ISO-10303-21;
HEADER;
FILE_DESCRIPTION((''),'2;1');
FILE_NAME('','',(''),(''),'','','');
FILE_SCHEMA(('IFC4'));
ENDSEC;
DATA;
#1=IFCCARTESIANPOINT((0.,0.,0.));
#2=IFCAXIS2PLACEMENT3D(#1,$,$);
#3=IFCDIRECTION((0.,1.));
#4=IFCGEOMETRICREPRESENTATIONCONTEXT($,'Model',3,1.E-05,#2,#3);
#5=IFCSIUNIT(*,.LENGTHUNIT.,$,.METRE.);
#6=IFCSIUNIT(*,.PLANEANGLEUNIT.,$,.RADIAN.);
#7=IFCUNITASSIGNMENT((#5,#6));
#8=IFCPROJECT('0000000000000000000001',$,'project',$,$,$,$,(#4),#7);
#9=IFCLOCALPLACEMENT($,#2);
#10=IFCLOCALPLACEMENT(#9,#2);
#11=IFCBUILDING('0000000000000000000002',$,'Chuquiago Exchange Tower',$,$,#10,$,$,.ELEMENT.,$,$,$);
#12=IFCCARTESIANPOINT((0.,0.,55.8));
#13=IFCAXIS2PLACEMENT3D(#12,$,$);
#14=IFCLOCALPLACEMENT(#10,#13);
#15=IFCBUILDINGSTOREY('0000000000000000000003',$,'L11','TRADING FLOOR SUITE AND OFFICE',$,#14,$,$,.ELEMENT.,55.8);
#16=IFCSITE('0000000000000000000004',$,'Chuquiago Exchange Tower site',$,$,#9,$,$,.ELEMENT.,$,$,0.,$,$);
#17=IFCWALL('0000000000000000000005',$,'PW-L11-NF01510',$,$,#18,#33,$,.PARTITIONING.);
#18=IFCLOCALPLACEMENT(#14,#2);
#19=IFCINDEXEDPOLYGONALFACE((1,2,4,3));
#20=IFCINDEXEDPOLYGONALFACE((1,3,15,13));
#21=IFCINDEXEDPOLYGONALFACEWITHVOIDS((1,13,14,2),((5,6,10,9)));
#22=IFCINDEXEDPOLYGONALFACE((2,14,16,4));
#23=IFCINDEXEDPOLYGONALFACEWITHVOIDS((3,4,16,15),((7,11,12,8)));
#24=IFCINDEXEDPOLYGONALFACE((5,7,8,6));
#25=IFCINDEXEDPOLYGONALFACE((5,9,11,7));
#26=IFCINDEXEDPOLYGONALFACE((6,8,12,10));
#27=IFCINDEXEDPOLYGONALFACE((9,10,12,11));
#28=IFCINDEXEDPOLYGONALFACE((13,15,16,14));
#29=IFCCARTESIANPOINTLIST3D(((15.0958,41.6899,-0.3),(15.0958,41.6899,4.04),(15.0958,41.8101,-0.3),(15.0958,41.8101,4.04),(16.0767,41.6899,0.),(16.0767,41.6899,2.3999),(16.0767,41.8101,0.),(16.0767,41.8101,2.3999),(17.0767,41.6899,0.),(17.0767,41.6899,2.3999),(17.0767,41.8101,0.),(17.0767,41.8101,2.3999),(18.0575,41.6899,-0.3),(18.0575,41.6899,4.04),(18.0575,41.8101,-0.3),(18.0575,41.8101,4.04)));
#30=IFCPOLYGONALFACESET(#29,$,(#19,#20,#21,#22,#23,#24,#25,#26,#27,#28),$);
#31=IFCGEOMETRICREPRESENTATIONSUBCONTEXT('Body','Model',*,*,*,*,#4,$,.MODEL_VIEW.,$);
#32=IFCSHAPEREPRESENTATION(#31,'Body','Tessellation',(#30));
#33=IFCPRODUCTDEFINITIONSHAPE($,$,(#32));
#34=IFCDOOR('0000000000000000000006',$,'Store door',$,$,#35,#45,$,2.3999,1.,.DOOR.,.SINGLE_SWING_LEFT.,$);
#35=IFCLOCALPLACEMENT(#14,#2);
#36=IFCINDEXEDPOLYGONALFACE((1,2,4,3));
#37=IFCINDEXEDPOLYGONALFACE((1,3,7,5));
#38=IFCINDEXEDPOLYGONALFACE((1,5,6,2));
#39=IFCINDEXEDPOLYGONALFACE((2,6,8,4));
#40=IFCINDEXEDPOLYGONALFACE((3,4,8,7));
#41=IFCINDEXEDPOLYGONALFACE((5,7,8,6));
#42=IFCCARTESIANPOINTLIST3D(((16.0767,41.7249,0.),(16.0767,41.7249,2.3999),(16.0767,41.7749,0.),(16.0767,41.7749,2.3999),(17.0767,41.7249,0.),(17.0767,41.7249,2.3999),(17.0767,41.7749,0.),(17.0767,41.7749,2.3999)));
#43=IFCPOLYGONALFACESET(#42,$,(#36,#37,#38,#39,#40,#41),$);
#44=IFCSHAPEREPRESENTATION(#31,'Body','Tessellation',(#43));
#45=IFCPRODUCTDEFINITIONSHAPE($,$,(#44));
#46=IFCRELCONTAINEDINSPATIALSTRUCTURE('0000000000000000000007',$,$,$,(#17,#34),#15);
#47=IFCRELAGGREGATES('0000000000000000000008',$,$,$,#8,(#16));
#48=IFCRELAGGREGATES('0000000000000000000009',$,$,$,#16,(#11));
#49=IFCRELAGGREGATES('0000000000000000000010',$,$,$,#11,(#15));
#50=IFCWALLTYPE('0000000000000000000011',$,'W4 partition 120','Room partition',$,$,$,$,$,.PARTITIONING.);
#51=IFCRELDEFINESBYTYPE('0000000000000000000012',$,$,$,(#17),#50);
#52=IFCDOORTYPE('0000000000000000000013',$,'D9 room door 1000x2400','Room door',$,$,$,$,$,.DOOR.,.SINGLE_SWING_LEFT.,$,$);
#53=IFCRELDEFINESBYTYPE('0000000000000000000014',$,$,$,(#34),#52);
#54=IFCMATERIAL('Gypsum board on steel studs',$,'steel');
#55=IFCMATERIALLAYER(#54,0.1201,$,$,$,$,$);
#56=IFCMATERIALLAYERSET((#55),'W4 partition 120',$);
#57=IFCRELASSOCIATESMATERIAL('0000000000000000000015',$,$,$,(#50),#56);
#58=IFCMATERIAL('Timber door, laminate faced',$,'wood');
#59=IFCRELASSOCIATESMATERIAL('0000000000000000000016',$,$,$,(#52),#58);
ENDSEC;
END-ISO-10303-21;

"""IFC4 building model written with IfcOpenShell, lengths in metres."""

from ifc_helpers import new_model, si_unit, direction, frame, frame_2d, origin, place, context, subcontext, project, spatial, rectangle, extrude, material, layer, layer_set, type_object, element, fill, save


model = new_model("IFC4")

# Units and contexts
model_context = context("Model", 3, precision=1e-05, world=origin(), true_north=direction((0.0, 1.0)))
body_context = subcontext(model_context, "Body", "Model", "MODEL_VIEW")
ifc_project = project(units=[si_unit("LENGTHUNIT", "METRE"), si_unit("PLANEANGLEUNIT", "RADIAN")], contexts=[model_context])

# Site, building, storey
site_placement = place(None, origin())
site = spatial("IfcSite", under=ifc_project, at=site_placement, Name="Chuquiago Exchange Tower site", CompositionType="ELEMENT", RefElevation=0.0)
building_placement = place(site_placement, origin())
building = spatial("IfcBuilding", under=site, at=building_placement, Name="Chuquiago Exchange Tower", CompositionType="ELEMENT")
storey_placement = place(building_placement, frame((0.0, 0.0, 55.8)))
storey = spatial("IfcBuildingStorey", under=building, at=storey_placement, Name="L11", Description="TRADING FLOOR SUITE AND OFFICE", CompositionType="ELEMENT", Elevation=55.8)

# Shared definitions
ifc_material_1 = material(Name="Gypsum board on steel studs", Category="steel")
ifc_layer_1 = layer(ifc_material_1, 0.1201)
ifc_layer_set_1 = layer_set([ifc_layer_1], Name="W4 partition 120")
wall_type_1 = type_object("IfcWallType", Name="W4 partition 120", Description="Room partition", PredefinedType="PARTITIONING", material=ifc_layer_set_1)

# Wall, opening, door
ifc_material_2 = material(Name="Timber door, laminate faced", Category="wood")
door_type_1 = type_object("IfcDoorType", Name="D9 room door 1000x2400", Description="Room door", OperationType="SINGLE_SWING_LEFT", PredefinedType="DOOR", material=ifc_material_2)
wall_1_placement = place(storey_placement, frame((15.0957, 41.75, -0.3), z_axis=(0.0, 0.0, 1.0), x_axis=(1.0, 0.0, 0.0)))
wall_1 = element("IfcWall", 1, at=wall_1_placement, inside=storey, type_object=wall_type_1, Name="PW-L11-NF01510", PredefinedType="PARTITIONING", context=body_context, shape_type="SweptSolid", body=[
    extrude(rectangle(XDim=2.9617, YDim=0.1201, at=frame_2d((1.481, 0.0))), origin(), (0.0, 0.0, 1.0), 4.3401),
])
opening_1_placement = place(wall_1_placement, frame((0.981, 0.0, 0.3)))
opening_1 = element("IfcOpeningElement", 2, at=opening_1_placement, cuts=wall_1, PredefinedType="OPENING", context=body_context, shape_type="SweptSolid", body=[
    extrude(rectangle(XDim=1.0, YDim=2.3999, at=frame_2d((0.5, 1.2))), frame((0.0, 0.0701, 0.0), z_axis=(0.0, -1.0, 0.0), x_axis=(1.0, 0.0, 0.0)), (0.0, 0.0, 1.0), 0.1401),
])
door_1_placement = place(opening_1_placement, origin())
door_1 = element("IfcDoor", 3, at=door_1_placement, inside=storey, type_object=door_type_1, Name="Store door", OperationType="SINGLE_SWING_LEFT", OverallHeight=2.3999, OverallWidth=1.0, PredefinedType="DOOR", context=body_context, shape_type="SweptSolid", body=[
    extrude(rectangle(XDim=1.0, YDim=2.3999, at=frame_2d((0.5, 1.2))), frame((0.0, 0.0249, 0.0), z_axis=(0.0, -1.0, 0.0), x_axis=(1.0, 0.0, 0.0)), (0.0, 0.0, 1.0), 0.05),
])
fill(opening_1, door_1)

save(model, "model.ifc")
